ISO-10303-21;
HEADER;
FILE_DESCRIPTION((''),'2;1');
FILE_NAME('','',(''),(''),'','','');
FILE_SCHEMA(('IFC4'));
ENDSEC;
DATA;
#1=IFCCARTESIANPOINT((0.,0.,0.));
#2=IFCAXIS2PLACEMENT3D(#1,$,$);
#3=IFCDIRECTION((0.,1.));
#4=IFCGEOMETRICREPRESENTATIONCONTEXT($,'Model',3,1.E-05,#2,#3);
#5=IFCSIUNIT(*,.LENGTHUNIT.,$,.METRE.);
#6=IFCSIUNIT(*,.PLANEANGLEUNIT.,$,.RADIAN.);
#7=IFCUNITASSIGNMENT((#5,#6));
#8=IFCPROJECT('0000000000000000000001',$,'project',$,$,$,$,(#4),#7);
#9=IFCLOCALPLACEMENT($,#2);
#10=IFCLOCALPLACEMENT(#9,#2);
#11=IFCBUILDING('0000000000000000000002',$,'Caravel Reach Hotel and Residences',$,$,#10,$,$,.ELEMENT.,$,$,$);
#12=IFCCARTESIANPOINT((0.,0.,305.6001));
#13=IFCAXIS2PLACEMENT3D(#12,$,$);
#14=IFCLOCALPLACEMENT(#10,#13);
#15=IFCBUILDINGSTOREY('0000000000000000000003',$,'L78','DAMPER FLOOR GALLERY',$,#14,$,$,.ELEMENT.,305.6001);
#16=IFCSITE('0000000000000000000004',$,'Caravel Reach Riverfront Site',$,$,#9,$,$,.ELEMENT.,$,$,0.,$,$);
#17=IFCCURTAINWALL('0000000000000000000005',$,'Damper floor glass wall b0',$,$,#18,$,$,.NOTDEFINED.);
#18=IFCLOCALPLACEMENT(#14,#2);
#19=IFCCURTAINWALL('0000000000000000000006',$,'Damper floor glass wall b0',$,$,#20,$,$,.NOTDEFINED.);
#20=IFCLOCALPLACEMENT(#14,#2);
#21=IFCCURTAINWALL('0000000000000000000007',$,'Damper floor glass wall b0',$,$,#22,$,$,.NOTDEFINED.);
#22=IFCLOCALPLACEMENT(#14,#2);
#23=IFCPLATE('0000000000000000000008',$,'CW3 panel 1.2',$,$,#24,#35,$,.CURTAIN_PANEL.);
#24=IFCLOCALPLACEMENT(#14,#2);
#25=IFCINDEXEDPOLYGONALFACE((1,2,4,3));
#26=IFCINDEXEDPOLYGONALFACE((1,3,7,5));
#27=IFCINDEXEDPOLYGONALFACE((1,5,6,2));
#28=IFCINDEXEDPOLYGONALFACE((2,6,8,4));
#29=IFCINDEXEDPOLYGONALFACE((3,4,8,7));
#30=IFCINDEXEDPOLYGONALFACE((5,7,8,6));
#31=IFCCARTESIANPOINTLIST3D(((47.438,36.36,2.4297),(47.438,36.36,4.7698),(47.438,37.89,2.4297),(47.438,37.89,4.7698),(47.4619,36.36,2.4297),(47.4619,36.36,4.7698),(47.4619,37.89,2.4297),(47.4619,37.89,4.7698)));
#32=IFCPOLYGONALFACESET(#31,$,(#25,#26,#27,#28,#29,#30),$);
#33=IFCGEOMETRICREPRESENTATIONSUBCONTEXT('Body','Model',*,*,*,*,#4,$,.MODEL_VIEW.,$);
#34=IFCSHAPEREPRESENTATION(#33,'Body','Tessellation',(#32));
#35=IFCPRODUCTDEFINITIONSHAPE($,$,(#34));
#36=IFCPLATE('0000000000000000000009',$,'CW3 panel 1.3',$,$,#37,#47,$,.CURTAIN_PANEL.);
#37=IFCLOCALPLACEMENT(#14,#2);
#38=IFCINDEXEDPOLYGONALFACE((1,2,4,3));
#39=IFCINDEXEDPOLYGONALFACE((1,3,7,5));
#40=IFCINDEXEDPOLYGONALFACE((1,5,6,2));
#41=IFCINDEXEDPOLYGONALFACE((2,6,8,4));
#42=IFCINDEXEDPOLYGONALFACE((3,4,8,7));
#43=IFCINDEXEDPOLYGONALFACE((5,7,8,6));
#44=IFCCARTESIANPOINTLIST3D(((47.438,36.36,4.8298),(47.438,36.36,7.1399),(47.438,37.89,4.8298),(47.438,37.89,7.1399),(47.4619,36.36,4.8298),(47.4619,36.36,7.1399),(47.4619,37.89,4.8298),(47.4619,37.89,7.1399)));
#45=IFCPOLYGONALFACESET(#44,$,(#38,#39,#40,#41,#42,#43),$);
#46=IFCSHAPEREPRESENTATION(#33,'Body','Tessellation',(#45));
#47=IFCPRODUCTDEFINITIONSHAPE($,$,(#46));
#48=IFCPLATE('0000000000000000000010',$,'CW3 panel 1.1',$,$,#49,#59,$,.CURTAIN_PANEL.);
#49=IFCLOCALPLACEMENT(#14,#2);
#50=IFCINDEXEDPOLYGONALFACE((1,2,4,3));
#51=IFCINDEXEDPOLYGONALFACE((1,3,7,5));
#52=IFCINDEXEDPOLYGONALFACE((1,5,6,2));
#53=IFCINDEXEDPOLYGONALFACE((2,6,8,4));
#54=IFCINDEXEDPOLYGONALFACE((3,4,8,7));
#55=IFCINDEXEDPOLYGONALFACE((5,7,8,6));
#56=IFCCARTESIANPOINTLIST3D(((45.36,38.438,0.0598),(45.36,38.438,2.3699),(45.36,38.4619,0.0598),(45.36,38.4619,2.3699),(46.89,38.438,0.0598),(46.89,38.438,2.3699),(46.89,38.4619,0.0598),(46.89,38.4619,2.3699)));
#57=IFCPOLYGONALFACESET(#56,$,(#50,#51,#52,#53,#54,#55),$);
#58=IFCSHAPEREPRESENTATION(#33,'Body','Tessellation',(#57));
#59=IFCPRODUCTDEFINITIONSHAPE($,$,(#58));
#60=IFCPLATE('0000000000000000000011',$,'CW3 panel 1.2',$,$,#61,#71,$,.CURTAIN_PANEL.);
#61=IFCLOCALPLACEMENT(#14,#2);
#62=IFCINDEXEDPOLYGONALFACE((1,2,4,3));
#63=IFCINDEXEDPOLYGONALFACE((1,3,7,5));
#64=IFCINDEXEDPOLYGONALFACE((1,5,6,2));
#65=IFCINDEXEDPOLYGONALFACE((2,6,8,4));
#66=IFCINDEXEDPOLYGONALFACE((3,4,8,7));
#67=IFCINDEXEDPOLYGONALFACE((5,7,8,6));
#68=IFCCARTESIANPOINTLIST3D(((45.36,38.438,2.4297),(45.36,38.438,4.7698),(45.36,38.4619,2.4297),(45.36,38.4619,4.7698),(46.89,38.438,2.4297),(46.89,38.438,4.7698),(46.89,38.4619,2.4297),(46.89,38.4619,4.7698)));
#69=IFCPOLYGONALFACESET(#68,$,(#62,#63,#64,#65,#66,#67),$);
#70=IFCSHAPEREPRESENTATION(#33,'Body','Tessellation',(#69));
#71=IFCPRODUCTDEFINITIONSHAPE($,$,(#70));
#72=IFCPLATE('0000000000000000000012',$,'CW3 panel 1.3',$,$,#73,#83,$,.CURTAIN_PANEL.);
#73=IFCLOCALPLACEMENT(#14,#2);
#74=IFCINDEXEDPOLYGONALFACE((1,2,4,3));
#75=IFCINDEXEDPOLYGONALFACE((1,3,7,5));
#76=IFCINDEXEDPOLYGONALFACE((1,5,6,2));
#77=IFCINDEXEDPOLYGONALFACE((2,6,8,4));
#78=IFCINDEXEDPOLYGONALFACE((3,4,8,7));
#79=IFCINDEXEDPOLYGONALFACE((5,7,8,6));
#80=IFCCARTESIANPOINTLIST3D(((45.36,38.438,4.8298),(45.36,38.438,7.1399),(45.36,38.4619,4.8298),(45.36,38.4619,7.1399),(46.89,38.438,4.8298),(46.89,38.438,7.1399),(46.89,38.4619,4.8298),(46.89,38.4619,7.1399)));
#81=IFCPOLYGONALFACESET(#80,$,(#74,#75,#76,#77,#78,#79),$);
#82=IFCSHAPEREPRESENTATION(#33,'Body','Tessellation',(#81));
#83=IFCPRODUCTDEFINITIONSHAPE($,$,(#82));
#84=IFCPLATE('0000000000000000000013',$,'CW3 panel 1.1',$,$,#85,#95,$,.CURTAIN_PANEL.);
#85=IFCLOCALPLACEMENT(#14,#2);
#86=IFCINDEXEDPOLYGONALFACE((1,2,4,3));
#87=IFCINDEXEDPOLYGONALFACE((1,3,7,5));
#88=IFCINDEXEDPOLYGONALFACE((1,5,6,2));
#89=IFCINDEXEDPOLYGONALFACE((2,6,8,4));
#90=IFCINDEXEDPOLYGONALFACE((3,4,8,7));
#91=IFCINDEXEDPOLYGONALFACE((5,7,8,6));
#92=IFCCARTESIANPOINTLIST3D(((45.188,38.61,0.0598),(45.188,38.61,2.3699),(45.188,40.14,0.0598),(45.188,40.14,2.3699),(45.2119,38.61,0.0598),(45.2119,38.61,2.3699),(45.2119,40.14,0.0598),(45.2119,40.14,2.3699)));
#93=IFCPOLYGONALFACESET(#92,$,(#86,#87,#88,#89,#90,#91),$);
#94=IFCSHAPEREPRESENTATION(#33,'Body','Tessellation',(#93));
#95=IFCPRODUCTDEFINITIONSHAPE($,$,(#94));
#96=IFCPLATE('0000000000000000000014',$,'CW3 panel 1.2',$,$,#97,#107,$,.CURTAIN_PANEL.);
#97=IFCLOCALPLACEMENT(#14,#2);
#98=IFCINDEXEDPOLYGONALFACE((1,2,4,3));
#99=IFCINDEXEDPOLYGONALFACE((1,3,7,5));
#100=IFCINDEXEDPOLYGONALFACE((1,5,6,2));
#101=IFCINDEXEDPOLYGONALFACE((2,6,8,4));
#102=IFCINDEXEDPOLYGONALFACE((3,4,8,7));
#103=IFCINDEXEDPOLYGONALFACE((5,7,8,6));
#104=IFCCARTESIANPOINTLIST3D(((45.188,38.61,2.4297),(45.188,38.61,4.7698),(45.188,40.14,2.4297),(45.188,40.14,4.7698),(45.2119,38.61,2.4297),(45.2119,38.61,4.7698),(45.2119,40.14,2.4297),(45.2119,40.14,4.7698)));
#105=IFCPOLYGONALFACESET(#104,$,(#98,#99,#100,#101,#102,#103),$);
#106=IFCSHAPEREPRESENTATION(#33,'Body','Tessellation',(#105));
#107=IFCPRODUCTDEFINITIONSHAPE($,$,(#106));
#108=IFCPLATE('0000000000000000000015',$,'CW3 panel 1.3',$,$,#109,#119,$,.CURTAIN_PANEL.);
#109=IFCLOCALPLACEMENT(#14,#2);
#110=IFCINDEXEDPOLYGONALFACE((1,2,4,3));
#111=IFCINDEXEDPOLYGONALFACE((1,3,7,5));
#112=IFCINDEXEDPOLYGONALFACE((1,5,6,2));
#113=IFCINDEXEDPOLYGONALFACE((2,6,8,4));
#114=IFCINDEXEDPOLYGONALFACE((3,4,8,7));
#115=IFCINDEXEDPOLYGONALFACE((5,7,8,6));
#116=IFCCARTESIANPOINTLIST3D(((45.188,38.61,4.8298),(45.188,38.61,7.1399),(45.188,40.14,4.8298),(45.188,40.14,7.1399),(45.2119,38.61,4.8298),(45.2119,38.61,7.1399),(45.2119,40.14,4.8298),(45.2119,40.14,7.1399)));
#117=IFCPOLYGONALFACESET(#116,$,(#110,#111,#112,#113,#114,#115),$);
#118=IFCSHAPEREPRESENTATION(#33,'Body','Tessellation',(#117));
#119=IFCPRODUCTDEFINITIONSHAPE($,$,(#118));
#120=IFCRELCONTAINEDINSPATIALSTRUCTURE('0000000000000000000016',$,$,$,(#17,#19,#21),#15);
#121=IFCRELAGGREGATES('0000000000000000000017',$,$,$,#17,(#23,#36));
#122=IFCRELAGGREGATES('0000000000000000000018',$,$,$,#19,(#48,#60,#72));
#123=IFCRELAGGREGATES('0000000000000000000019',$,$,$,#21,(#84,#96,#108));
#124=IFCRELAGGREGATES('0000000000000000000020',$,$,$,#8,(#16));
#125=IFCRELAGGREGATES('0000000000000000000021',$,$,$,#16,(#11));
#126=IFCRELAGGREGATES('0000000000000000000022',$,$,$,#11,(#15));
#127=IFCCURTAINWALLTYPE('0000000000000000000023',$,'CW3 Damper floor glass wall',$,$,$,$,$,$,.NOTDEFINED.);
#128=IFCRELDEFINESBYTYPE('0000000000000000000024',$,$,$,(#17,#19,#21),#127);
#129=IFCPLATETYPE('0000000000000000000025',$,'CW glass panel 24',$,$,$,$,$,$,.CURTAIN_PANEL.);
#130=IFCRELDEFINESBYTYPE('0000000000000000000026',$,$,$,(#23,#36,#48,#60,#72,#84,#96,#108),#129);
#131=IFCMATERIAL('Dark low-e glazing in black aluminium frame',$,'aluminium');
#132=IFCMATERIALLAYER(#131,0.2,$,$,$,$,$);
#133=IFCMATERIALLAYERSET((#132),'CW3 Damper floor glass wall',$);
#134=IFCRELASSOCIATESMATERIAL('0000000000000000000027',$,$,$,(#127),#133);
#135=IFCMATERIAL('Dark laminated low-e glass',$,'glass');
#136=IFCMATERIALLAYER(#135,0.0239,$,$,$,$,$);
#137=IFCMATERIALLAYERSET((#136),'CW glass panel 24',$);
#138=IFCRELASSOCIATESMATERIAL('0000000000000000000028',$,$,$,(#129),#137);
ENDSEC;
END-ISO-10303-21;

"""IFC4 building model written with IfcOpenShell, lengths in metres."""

from ifc_helpers import new_model, si_unit, direction, frame, origin, origin_2d, place, context, subcontext, project, spatial, rectangle, extrude, material, layer, layer_set, type_object, element, aggregate, save


model = new_model("IFC4")

# Units and contexts
model_context = context("Model", 3, precision=1e-05, world=origin(), true_north=direction((0.0, 1.0)))
body_context = subcontext(model_context, "Body", "Model", "MODEL_VIEW")
ifc_project = project(units=[si_unit("LENGTHUNIT", "METRE"), si_unit("PLANEANGLEUNIT", "RADIAN")], contexts=[model_context])

# Site, building, storey
site_placement = place(None, origin())
site = spatial("IfcSite", under=ifc_project, at=site_placement, Name="Caravel Reach Riverfront Site", CompositionType="ELEMENT", RefElevation=0.0)
building_placement = place(site_placement, origin())
building = spatial("IfcBuilding", under=site, at=building_placement, Name="Caravel Reach Hotel and Residences", CompositionType="ELEMENT")
storey_placement = place(building_placement, frame((0.0, 0.0, 305.6001)))
storey = spatial("IfcBuildingStorey", under=building, at=storey_placement, Name="L78", Description="DAMPER FLOOR GALLERY", CompositionType="ELEMENT", Elevation=305.6001)

# Curtain walls
ifc_material_1 = material(Name="Dark low-e glazing in black aluminium frame", Category="aluminium")
ifc_layer_1 = layer(ifc_material_1, 0.2)
ifc_layer_set_1 = layer_set([ifc_layer_1], Name="CW3 Damper floor glass wall")
curtain_wall_type = type_object("IfcCurtainWallType", Name="CW3 Damper floor glass wall", PredefinedType="NOTDEFINED", material=ifc_layer_set_1)
curtain_wall_1_placement = place(storey_placement, origin())
curtain_wall_1 = element("IfcCurtainWall", 1, at=curtain_wall_1_placement, inside=storey, type_object=curtain_wall_type, Name="Damper floor glass wall b0", PredefinedType="NOTDEFINED")
curtain_wall_2_placement = place(storey_placement, origin())
curtain_wall_2 = element("IfcCurtainWall", 2, at=curtain_wall_2_placement, inside=storey, type_object=curtain_wall_type, Name="Damper floor glass wall b0", PredefinedType="NOTDEFINED")
curtain_wall_3_placement = place(storey_placement, origin())
curtain_wall_3 = element("IfcCurtainWall", 3, at=curtain_wall_3_placement, inside=storey, type_object=curtain_wall_type, Name="Damper floor glass wall b0", PredefinedType="NOTDEFINED")

# Plates
ifc_material_2 = material(Name="Dark laminated low-e glass", Category="glass")
ifc_layer_2 = layer(ifc_material_2, 0.0239)
ifc_layer_set_2 = layer_set([ifc_layer_2], Name="CW glass panel 24")
plate_type = type_object("IfcPlateType", Name="CW glass panel 24", PredefinedType="CURTAIN_PANEL", material=ifc_layer_set_2)
plate_1_placement = place(storey_placement, frame((47.45, 37.125, 2.4297), z_axis=(0.0, 0.0, 1.0), x_axis=(0.0, 1.0, 0.0)))
plate_1 = element("IfcPlate", 4, at=plate_1_placement, type_object=plate_type, Name="CW3 panel 1.2", PredefinedType="CURTAIN_PANEL", context=body_context, shape_type="SweptSolid", body=[
    extrude(rectangle(XDim=1.53, YDim=0.0239, at=origin_2d()), origin(), (0.0, 0.0, 1.0), 2.3401),
])
plate_2_placement = place(storey_placement, frame((47.45, 37.125, 4.8298), z_axis=(0.0, 0.0, 1.0), x_axis=(0.0, 1.0, 0.0)))
plate_2 = element("IfcPlate", 5, at=plate_2_placement, type_object=plate_type, Name="CW3 panel 1.3", PredefinedType="CURTAIN_PANEL", context=body_context, shape_type="SweptSolid", body=[
    extrude(rectangle(XDim=1.53, YDim=0.0239, at=origin_2d()), origin(), (0.0, 0.0, 1.0), 2.3101),
])
aggregate(curtain_wall_1, [plate_1, plate_2])
plate_3_placement = place(storey_placement, frame((46.125, 38.45, 0.0598), z_axis=(0.0, 0.0, 1.0), x_axis=(-1.0, 0.0, 0.0)))
plate_3 = element("IfcPlate", 6, at=plate_3_placement, type_object=plate_type, Name="CW3 panel 1.1", PredefinedType="CURTAIN_PANEL", context=body_context, shape_type="SweptSolid", body=[
    extrude(rectangle(XDim=1.53, YDim=0.0239, at=origin_2d()), origin(), (0.0, 0.0, 1.0), 2.3101),
])
plate_4_placement = place(storey_placement, frame((46.125, 38.45, 2.4297), z_axis=(0.0, 0.0, 1.0), x_axis=(-1.0, 0.0, 0.0)))
plate_4 = element("IfcPlate", 7, at=plate_4_placement, type_object=plate_type, Name="CW3 panel 1.2", PredefinedType="CURTAIN_PANEL", context=body_context, shape_type="SweptSolid", body=[
    extrude(rectangle(XDim=1.53, YDim=0.0239, at=origin_2d()), origin(), (0.0, 0.0, 1.0), 2.3401),
])
plate_5_placement = place(storey_placement, frame((46.125, 38.45, 4.8298), z_axis=(0.0, 0.0, 1.0), x_axis=(-1.0, 0.0, 0.0)))
plate_5 = element("IfcPlate", 8, at=plate_5_placement, type_object=plate_type, Name="CW3 panel 1.3", PredefinedType="CURTAIN_PANEL", context=body_context, shape_type="SweptSolid", body=[
    extrude(rectangle(XDim=1.53, YDim=0.0239, at=origin_2d()), origin(), (0.0, 0.0, 1.0), 2.3101),
])
aggregate(curtain_wall_2, [plate_3, plate_4, plate_5])
plate_6_placement = place(storey_placement, frame((45.2, 39.375, 0.0598), z_axis=(0.0, 0.0, 1.0), x_axis=(0.0, 1.0, 0.0)))
plate_6 = element("IfcPlate", 9, at=plate_6_placement, type_object=plate_type, Name="CW3 panel 1.1", PredefinedType="CURTAIN_PANEL", context=body_context, shape_type="SweptSolid", body=[
    extrude(rectangle(XDim=1.53, YDim=0.0239, at=origin_2d()), origin(), (0.0, 0.0, 1.0), 2.3101),
])
plate_7_placement = place(storey_placement, frame((45.2, 39.375, 2.4297), z_axis=(0.0, 0.0, 1.0), x_axis=(0.0, 1.0, 0.0)))
plate_7 = element("IfcPlate", 10, at=plate_7_placement, type_object=plate_type, Name="CW3 panel 1.2", PredefinedType="CURTAIN_PANEL", context=body_context, shape_type="SweptSolid", body=[
    extrude(rectangle(XDim=1.53, YDim=0.0239, at=origin_2d()), origin(), (0.0, 0.0, 1.0), 2.3401),
])
plate_8_placement = place(storey_placement, frame((45.2, 39.375, 4.8298), z_axis=(0.0, 0.0, 1.0), x_axis=(0.0, 1.0, 0.0)))
plate_8 = element("IfcPlate", 11, at=plate_8_placement, type_object=plate_type, Name="CW3 panel 1.3", PredefinedType="CURTAIN_PANEL", context=body_context, shape_type="SweptSolid", body=[
    extrude(rectangle(XDim=1.53, YDim=0.0239, at=origin_2d()), origin(), (0.0, 0.0, 1.0), 2.3101),
])
aggregate(curtain_wall_3, [plate_6, plate_7, plate_8])

save(model, "model.ifc")
